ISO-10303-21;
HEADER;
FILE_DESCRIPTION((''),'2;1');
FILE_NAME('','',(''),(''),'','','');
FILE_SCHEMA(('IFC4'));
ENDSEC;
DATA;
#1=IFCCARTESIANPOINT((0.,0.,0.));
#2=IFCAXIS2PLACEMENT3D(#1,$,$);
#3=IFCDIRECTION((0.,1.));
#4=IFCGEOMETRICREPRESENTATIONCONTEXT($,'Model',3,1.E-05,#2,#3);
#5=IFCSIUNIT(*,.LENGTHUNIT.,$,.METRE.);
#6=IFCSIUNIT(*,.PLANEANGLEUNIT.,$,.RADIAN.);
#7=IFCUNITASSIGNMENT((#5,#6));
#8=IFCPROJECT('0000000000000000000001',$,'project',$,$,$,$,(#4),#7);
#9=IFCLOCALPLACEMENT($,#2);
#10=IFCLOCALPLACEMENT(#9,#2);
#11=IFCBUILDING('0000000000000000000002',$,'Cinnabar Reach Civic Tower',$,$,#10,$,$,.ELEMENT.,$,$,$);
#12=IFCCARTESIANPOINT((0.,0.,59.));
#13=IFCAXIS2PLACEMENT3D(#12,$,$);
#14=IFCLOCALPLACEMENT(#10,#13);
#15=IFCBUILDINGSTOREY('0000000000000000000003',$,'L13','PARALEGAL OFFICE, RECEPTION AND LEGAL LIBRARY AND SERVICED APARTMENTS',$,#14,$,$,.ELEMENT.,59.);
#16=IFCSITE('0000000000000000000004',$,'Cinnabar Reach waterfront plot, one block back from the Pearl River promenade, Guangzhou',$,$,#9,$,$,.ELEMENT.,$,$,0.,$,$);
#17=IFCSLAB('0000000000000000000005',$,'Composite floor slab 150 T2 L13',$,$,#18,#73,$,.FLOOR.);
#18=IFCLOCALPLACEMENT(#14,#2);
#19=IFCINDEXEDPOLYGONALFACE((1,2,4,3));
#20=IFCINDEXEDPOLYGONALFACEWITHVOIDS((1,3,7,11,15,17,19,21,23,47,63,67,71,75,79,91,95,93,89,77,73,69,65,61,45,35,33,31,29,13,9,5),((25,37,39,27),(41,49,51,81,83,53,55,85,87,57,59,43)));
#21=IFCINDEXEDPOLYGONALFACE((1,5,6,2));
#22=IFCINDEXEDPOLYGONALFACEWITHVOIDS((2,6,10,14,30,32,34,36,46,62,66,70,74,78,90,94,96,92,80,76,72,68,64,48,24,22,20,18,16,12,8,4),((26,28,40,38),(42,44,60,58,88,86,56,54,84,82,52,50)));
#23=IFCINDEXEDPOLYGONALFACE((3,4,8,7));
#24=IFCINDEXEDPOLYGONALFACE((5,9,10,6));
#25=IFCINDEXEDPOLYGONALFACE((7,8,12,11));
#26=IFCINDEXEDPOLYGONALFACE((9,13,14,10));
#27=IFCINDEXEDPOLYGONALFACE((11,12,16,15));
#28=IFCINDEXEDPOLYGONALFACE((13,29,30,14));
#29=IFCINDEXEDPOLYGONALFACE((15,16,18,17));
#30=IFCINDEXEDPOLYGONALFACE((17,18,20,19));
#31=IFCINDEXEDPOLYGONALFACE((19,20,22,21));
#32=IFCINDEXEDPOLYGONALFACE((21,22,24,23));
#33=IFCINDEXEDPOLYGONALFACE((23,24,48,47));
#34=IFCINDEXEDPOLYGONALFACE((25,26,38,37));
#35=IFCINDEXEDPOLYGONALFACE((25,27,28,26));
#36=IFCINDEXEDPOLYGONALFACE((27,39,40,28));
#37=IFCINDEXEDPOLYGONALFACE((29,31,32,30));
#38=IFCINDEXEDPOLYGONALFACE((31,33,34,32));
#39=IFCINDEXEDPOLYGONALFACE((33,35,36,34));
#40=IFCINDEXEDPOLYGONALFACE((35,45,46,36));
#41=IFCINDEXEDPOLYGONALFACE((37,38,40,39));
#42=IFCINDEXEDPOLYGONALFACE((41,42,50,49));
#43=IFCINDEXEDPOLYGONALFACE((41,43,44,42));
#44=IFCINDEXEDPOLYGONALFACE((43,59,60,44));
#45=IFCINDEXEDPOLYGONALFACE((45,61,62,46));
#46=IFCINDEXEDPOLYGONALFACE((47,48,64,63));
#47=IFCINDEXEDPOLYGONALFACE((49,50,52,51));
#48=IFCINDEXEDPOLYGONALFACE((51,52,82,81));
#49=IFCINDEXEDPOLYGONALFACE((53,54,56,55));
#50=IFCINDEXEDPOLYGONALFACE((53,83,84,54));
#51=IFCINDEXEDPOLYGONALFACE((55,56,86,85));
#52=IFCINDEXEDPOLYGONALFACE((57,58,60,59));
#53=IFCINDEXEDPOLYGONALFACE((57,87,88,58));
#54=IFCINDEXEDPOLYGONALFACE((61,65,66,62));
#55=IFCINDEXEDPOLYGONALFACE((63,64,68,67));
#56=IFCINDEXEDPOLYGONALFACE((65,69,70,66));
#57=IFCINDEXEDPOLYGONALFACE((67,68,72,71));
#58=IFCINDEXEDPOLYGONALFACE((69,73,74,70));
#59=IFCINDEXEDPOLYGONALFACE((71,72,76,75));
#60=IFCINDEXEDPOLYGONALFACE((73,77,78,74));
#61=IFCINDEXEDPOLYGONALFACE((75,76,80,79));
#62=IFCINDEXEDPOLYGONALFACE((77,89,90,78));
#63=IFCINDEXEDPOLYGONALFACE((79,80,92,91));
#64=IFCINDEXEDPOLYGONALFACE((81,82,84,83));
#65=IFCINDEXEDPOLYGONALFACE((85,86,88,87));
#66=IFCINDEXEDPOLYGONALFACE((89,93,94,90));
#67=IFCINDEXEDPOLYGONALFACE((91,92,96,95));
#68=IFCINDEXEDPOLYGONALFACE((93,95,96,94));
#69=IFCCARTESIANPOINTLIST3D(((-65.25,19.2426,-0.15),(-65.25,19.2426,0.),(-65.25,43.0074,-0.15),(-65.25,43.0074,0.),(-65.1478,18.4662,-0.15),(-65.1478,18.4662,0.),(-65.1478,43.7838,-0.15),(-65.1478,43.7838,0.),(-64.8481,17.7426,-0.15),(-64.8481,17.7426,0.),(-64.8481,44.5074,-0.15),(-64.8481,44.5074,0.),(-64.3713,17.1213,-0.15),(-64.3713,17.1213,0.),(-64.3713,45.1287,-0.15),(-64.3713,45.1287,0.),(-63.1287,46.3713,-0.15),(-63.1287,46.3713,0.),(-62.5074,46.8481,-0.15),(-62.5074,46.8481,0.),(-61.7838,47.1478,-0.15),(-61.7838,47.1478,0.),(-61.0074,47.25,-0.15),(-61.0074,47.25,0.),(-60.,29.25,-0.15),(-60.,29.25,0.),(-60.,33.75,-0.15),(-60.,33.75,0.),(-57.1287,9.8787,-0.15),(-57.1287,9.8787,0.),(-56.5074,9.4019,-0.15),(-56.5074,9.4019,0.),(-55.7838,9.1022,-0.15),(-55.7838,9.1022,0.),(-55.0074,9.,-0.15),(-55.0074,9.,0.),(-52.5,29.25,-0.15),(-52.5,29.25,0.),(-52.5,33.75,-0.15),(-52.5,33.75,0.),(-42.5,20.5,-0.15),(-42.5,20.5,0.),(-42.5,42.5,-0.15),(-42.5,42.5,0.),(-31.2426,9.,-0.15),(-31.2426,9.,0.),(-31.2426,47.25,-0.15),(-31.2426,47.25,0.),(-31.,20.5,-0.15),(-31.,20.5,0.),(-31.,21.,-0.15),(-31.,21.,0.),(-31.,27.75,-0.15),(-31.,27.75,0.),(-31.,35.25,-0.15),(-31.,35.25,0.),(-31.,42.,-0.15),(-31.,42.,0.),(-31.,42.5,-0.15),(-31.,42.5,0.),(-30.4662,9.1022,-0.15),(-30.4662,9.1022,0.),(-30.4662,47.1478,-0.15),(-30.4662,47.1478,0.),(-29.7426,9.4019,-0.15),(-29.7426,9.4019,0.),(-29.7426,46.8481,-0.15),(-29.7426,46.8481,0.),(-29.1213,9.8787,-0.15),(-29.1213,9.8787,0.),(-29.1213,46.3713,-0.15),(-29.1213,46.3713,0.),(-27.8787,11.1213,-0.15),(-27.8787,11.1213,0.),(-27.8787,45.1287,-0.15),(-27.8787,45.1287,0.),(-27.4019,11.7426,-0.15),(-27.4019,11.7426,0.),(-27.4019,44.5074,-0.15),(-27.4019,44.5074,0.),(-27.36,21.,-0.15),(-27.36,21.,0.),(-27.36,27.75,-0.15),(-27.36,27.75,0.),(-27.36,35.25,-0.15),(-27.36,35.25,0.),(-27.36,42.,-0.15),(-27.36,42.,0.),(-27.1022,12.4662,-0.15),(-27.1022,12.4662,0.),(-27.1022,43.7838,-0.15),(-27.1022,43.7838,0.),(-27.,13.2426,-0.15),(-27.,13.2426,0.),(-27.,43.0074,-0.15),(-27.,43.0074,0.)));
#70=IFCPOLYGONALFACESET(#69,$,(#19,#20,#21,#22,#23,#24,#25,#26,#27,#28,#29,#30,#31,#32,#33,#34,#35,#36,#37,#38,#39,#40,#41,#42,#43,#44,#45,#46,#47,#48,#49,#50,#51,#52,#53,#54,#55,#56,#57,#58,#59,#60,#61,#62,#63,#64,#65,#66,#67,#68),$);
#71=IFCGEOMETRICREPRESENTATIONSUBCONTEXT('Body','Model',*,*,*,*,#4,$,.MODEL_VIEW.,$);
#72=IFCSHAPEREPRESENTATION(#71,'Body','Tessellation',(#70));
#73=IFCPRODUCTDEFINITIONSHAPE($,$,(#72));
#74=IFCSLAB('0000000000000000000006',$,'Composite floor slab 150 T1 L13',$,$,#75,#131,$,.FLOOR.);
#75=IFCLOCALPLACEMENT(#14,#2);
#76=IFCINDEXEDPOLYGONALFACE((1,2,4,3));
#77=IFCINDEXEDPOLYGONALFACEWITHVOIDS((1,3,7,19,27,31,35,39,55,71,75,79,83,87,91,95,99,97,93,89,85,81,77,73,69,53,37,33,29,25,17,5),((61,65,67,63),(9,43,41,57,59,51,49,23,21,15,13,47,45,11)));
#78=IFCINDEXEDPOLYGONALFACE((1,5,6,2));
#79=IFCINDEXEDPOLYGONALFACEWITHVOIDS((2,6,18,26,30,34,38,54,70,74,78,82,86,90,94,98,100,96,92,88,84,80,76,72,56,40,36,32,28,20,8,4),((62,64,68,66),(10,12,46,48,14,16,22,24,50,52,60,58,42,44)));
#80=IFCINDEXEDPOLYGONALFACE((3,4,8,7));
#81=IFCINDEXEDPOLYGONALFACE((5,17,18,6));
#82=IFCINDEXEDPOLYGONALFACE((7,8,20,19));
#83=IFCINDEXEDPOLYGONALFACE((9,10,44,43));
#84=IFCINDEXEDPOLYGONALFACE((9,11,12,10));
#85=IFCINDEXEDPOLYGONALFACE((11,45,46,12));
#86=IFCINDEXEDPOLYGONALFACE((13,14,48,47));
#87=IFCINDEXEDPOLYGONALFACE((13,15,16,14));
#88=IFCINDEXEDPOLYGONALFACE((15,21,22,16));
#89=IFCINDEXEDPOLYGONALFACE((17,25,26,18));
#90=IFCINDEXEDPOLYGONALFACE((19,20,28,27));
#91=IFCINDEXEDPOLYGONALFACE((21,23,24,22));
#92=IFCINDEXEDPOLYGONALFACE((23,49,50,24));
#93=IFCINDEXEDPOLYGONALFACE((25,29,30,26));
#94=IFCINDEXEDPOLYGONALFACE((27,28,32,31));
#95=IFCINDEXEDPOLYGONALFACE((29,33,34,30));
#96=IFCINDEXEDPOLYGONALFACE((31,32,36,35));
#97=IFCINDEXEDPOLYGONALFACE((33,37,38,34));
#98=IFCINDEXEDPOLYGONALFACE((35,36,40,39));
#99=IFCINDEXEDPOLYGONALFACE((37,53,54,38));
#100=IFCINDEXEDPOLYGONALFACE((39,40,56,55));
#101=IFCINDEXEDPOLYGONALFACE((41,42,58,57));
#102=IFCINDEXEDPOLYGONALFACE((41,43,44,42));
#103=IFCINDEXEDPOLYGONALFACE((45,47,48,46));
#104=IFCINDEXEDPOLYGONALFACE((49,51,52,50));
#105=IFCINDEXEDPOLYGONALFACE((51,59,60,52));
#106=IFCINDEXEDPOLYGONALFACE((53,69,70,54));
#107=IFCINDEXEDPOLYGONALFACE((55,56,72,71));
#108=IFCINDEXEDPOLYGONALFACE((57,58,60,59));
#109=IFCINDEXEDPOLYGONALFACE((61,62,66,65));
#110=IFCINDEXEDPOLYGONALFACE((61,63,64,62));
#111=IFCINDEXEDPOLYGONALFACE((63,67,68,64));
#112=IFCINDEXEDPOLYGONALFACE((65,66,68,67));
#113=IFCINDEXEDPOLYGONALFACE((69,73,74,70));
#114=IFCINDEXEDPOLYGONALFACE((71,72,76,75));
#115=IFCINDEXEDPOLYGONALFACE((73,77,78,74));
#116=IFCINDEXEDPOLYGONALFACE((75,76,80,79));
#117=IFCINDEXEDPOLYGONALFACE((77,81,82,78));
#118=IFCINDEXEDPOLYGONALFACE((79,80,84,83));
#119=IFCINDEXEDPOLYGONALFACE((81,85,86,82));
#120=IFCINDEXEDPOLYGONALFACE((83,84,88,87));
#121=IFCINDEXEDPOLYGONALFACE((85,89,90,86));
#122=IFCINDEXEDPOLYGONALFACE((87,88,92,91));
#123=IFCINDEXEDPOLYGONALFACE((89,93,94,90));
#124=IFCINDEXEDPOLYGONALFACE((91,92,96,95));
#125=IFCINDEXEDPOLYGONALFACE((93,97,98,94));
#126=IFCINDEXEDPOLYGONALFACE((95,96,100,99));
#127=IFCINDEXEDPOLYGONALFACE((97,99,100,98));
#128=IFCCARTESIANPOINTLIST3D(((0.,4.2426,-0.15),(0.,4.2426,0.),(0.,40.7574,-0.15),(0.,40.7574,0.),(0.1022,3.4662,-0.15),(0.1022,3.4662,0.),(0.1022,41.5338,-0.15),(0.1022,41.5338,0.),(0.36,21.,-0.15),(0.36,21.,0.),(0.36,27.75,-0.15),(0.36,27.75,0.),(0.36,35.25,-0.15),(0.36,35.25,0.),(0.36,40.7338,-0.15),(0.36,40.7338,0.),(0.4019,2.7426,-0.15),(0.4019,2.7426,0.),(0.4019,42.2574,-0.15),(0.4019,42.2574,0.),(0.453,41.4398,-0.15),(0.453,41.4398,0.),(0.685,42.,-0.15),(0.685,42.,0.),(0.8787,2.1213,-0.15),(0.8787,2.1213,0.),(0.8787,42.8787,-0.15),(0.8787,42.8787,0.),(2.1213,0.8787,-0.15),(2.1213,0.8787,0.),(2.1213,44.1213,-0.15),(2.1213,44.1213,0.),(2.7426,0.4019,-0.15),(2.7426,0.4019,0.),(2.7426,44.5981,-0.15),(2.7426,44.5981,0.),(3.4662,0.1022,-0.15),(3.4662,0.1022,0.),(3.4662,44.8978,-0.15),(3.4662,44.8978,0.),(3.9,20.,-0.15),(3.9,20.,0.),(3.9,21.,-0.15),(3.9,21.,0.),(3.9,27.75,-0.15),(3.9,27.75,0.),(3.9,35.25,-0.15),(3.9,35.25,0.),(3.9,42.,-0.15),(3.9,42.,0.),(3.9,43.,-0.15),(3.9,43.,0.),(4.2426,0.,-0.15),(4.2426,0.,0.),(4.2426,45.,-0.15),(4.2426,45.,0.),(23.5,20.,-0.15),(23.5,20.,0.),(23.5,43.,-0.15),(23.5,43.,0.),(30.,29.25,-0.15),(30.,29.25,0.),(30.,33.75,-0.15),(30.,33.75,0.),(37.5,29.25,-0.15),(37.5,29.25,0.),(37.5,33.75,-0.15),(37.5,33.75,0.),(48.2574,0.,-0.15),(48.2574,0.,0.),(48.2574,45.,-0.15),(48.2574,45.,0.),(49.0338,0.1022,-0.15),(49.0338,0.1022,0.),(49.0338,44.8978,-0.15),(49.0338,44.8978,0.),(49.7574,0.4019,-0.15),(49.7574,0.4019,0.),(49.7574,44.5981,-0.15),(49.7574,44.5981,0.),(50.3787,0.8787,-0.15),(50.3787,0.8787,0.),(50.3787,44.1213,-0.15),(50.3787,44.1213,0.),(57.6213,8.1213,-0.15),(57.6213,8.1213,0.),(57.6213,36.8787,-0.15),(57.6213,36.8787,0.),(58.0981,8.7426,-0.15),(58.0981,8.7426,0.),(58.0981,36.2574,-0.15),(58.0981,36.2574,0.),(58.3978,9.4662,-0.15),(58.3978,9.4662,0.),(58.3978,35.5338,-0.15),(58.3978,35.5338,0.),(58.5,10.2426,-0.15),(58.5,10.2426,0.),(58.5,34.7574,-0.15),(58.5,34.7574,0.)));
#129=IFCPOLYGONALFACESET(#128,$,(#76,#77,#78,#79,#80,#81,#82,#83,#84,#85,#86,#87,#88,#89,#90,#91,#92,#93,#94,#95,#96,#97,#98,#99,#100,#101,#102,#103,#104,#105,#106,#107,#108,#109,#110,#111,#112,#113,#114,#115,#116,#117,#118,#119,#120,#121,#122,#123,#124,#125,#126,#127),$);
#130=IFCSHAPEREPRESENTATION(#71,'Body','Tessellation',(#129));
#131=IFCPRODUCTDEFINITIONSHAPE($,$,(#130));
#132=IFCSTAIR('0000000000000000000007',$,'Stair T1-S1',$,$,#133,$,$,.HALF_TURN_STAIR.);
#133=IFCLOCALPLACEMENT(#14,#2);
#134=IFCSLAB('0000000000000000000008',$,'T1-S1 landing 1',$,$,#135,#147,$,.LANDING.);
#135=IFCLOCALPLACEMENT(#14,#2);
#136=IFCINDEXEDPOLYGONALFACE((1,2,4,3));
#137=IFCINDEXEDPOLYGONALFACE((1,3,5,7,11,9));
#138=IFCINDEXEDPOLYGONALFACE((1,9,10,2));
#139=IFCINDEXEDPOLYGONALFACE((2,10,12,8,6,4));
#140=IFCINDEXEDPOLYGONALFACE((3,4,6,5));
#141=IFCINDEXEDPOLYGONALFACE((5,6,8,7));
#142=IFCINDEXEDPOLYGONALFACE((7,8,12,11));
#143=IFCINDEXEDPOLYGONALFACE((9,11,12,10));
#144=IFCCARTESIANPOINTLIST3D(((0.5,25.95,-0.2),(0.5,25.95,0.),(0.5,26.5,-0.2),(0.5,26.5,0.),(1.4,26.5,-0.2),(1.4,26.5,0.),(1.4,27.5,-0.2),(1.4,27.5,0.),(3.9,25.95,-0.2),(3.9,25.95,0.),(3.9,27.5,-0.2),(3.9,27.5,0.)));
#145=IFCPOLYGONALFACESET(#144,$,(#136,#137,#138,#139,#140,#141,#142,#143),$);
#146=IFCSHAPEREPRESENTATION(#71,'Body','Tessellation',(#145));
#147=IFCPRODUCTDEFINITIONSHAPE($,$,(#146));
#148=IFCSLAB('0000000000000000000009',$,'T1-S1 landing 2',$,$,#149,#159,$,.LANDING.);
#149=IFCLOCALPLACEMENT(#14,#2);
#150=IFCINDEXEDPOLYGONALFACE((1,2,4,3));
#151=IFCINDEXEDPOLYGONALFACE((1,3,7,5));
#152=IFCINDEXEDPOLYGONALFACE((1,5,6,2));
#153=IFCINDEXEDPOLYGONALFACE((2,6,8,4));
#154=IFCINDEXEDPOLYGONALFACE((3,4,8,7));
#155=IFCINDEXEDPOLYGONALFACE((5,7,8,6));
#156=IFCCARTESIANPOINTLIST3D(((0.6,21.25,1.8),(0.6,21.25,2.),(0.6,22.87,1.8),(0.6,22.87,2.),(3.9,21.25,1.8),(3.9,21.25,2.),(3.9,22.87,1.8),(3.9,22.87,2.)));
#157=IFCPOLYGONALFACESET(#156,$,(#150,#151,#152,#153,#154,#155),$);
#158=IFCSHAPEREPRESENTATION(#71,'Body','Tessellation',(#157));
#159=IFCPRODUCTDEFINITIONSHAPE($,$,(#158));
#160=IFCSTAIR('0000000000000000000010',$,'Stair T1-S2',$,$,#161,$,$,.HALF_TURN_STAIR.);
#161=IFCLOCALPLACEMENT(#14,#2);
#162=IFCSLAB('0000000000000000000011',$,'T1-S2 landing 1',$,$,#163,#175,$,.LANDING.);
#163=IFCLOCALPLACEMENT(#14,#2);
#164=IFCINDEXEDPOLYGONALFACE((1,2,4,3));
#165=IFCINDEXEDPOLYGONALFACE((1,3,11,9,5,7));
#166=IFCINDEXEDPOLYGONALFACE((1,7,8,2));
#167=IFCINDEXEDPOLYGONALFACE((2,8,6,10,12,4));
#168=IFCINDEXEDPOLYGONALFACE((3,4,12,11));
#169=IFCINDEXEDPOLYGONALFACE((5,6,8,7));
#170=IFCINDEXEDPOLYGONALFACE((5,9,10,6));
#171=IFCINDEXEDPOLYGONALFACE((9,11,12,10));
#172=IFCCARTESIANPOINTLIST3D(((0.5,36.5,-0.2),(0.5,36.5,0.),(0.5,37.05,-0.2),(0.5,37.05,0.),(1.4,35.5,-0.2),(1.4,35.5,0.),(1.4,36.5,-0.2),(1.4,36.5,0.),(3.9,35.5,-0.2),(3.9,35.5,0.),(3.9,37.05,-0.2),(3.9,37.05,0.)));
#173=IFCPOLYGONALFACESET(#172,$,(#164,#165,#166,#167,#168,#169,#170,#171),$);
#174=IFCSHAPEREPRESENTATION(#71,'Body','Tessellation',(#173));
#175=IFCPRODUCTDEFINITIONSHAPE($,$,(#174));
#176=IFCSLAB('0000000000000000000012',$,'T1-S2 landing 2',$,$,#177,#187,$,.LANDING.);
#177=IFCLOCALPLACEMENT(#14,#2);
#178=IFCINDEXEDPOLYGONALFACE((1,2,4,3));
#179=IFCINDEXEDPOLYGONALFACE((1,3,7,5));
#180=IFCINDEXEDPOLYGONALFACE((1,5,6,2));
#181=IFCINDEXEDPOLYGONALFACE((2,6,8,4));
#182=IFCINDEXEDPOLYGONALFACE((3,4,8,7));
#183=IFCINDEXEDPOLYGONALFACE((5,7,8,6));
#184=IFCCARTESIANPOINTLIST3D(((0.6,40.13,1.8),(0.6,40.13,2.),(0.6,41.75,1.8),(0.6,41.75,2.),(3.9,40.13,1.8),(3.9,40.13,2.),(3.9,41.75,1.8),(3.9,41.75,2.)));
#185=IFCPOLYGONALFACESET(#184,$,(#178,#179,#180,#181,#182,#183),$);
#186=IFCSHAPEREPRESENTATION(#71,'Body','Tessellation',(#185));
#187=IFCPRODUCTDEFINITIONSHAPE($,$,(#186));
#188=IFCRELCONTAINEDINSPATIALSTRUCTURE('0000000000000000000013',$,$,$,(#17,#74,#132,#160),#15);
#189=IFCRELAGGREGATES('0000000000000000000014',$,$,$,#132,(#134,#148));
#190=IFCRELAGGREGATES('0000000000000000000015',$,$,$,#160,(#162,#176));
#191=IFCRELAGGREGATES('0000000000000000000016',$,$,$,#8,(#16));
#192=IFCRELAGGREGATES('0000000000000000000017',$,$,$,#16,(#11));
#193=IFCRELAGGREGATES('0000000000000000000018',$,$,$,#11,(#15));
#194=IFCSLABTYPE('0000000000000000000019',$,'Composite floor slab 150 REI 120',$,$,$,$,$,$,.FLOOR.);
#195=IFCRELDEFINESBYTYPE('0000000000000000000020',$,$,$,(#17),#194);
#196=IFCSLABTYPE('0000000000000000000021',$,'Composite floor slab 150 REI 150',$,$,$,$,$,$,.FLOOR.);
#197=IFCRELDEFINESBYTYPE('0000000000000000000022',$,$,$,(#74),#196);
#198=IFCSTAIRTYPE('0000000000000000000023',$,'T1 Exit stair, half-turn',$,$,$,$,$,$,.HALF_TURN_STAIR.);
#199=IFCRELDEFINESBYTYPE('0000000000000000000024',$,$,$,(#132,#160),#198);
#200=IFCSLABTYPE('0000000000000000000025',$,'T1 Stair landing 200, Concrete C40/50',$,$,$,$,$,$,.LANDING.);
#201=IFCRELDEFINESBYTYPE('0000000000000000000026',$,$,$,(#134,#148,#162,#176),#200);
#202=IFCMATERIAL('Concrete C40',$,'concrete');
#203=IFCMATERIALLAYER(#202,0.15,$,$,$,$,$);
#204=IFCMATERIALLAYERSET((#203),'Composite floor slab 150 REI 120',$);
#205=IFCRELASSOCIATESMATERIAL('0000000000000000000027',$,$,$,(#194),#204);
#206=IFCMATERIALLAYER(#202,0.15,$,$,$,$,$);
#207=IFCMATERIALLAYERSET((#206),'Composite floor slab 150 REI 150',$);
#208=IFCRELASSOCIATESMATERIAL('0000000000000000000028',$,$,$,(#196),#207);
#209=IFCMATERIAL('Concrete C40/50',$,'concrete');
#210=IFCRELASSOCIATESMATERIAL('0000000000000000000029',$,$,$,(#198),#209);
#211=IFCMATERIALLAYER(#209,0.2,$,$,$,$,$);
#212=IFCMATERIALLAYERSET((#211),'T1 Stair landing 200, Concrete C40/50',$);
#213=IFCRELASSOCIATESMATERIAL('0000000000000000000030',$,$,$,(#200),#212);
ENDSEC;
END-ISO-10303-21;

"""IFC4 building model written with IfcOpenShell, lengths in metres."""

from ifc_helpers import new_model, si_unit, direction, frame, origin, place, context, subcontext, project, spatial, polyline, outline, extrude, material, layer, layer_set, type_object, element, aggregate, save


model = new_model("IFC4")

# Units and contexts
model_context = context("Model", 3, precision=1e-05, world=origin(), true_north=direction((0.0, 1.0)))
body_context = subcontext(model_context, "Body", "Model", "MODEL_VIEW")
ifc_project = project(units=[si_unit("LENGTHUNIT", "METRE"), si_unit("PLANEANGLEUNIT", "RADIAN")], contexts=[model_context])

# Site, building, storey
site_placement = place(None, origin())
site = spatial("IfcSite", under=ifc_project, at=site_placement, Name="Cinnabar Reach waterfront plot, one block back from the Pearl River promenade, Guangzhou", CompositionType="ELEMENT", RefElevation=0.0)
building_placement = place(site_placement, origin())
building = spatial("IfcBuilding", under=site, at=building_placement, Name="Cinnabar Reach Civic Tower", CompositionType="ELEMENT")
storey_placement = place(building_placement, frame((0.0, 0.0, 59.0)))
storey = spatial("IfcBuildingStorey", under=building, at=storey_placement, Name="L13", Description="PARALEGAL OFFICE, RECEPTION AND LEGAL LIBRARY AND SERVICED APARTMENTS", CompositionType="ELEMENT", Elevation=59.0)

# Slabs
ifc_material_1 = material(Name="Concrete C40", Category="concrete")
ifc_layer_1 = layer(ifc_material_1, 0.15)
ifc_layer_set_1 = layer_set([ifc_layer_1], Name="Composite floor slab 150 REI 120")
slab_type_1 = type_object("IfcSlabType", Name="Composite floor slab 150 REI 120", PredefinedType="FLOOR", material=ifc_layer_set_1)
slab_1_placement = place(storey_placement, frame((0.0, 0.0, -0.15)))
element("IfcSlab", 1, at=slab_1_placement, inside=storey, type_object=slab_type_1, Name="Composite floor slab 150 T2 L13", PredefinedType="FLOOR", context=body_context, shape_type="SweptSolid", body=[
    extrude(outline(polyline([(-64.3713, 17.1213), (-64.8481, 17.7426), (-65.1478, 18.4662), (-65.25, 19.2426), (-65.25, 43.0074), (-65.1478, 43.7838), (-64.8481, 44.5074), (-64.3713, 45.1287), (-63.1287, 46.3713), (-62.5074, 46.8481), (-61.7838, 47.1478), (-61.0074, 47.25), (-31.2426, 47.25), (-30.4662, 47.1478), (-29.7426, 46.8481), (-29.1213, 46.3713), (-27.8787, 45.1287), (-27.4019, 44.5074), (-27.1022, 43.7838), (-27.0, 43.0074), (-27.0, 13.2426), (-27.1022, 12.4662), (-27.4019, 11.7426), (-27.8787, 11.1213), (-29.1213, 9.8787), (-29.7426, 9.4019), (-30.4662, 9.1022), (-31.2426, 9.0), (-55.0074, 9.0), (-55.7838, 9.1022), (-56.5074, 9.4019), (-57.1287, 9.8787), (-64.3713, 17.1213)]), holes=[polyline([(-31.0, 27.75), (-31.0, 35.25), (-27.36, 35.25), (-27.36, 42.0), (-31.0, 42.0), (-31.0, 42.5), (-42.5, 42.5), (-42.5, 20.5), (-31.0, 20.5), (-31.0, 21.0), (-27.36, 21.0), (-27.36, 27.75), (-31.0, 27.75)]), polyline([(-60.0, 33.75), (-60.0, 29.25), (-52.5, 29.25), (-52.5, 33.75), (-60.0, 33.75)])]), origin(), (0.0, 0.0, 1.0), 0.15),
])
ifc_layer_2 = layer(ifc_material_1, 0.15)
ifc_layer_set_2 = layer_set([ifc_layer_2], Name="Composite floor slab 150 REI 150")
slab_type_2 = type_object("IfcSlabType", Name="Composite floor slab 150 REI 150", PredefinedType="FLOOR", material=ifc_layer_set_2)
slab_2_placement = place(storey_placement, frame((0.0, 0.0, -0.15)))
element("IfcSlab", 2, at=slab_2_placement, inside=storey, type_object=slab_type_2, Name="Composite floor slab 150 T1 L13", PredefinedType="FLOOR", context=body_context, shape_type="SweptSolid", body=[
    extrude(outline(polyline([(0.8787, 2.1213), (0.4019, 2.7426), (0.1022, 3.4662), (0.0, 4.2426), (0.0, 40.7574), (0.1022, 41.5338), (0.4019, 42.2574), (0.8787, 42.8787), (2.1213, 44.1213), (2.7426, 44.5981), (3.4662, 44.8978), (4.2426, 45.0), (48.2574, 45.0), (49.0338, 44.8978), (49.7574, 44.5981), (50.3787, 44.1213), (57.6213, 36.8787), (58.0981, 36.2574), (58.3978, 35.5338), (58.5, 34.7574), (58.5, 10.2426), (58.3978, 9.4662), (58.0981, 8.7426), (57.6213, 8.1213), (50.3787, 0.8787), (49.7574, 0.4019), (49.0338, 0.1022), (48.2574, 0.0), (4.2426, 0.0), (3.4662, 0.1022), (2.7426, 0.4019), (2.1213, 0.8787), (0.8787, 2.1213)]), holes=[polyline([(0.36, 21.0), (3.9, 21.0), (3.9, 20.0), (23.5, 20.0), (23.5, 43.0), (3.9, 43.0), (3.9, 42.0), (0.685, 42.0), (0.453, 41.4398), (0.36, 40.7338), (0.36, 35.25), (3.9, 35.25), (3.9, 27.75), (0.36, 27.75), (0.36, 21.0)]), polyline([(30.0, 33.75), (30.0, 29.25), (37.5, 29.25), (37.5, 33.75), (30.0, 33.75)])]), origin(), (0.0, 0.0, 1.0), 0.15),
])

# Stairs, slabs
ifc_material_2 = material(Name="Concrete C40/50", Category="concrete")
stair_type = type_object("IfcStairType", Name="T1 Exit stair, half-turn", PredefinedType="HALF_TURN_STAIR", material=ifc_material_2)
stair_1_placement = place(storey_placement, origin())
stair_1 = element("IfcStair", 3, at=stair_1_placement, inside=storey, type_object=stair_type, Name="Stair T1-S1", PredefinedType="HALF_TURN_STAIR")
ifc_layer_3 = layer(ifc_material_2, 0.2)
ifc_layer_set_3 = layer_set([ifc_layer_3], Name="T1 Stair landing 200, Concrete C40/50")
slab_type_3 = type_object("IfcSlabType", Name="T1 Stair landing 200, Concrete C40/50", PredefinedType="LANDING", material=ifc_layer_set_3)
slab_3_placement = place(storey_placement, frame((0.0, 0.0, -0.2)))
slab_3 = element("IfcSlab", 4, at=slab_3_placement, type_object=slab_type_3, Name="T1-S1 landing 1", PredefinedType="LANDING", context=body_context, shape_type="SweptSolid", body=[
    extrude(outline(polyline([(3.9, 27.5), (3.9, 25.95), (0.5, 25.95), (0.5, 26.5), (1.4, 26.5), (1.4, 27.5), (3.9, 27.5)])), origin(), (0.0, 0.0, 1.0), 0.2),
])
slab_4_placement = place(storey_placement, frame((0.0, 0.0, 1.8)))
slab_4 = element("IfcSlab", 5, at=slab_4_placement, type_object=slab_type_3, Name="T1-S1 landing 2", PredefinedType="LANDING", context=body_context, shape_type="SweptSolid", body=[
    extrude(outline(polyline([(0.6, 21.25), (0.6, 22.87), (3.9, 22.87), (3.9, 21.25), (0.6, 21.25)])), origin(), (0.0, 0.0, 1.0), 0.2),
])
aggregate(stair_1, [slab_3, slab_4])
stair_2_placement = place(storey_placement, origin())
stair_2 = element("IfcStair", 6, at=stair_2_placement, inside=storey, type_object=stair_type, Name="Stair T1-S2", PredefinedType="HALF_TURN_STAIR")
slab_5_placement = place(storey_placement, frame((0.0, 0.0, -0.2)))
slab_5 = element("IfcSlab", 7, at=slab_5_placement, type_object=slab_type_3, Name="T1-S2 landing 1", PredefinedType="LANDING", context=body_context, shape_type="SweptSolid", body=[
    extrude(outline(polyline([(0.5, 37.05), (3.9, 37.05), (3.9, 35.5), (1.4, 35.5), (1.4, 36.5), (0.5, 36.5), (0.5, 37.05)])), origin(), (0.0, 0.0, 1.0), 0.2),
])
slab_6_placement = place(storey_placement, frame((0.0, 0.0, 1.8)))
slab_6 = element("IfcSlab", 8, at=slab_6_placement, type_object=slab_type_3, Name="T1-S2 landing 2", PredefinedType="LANDING", context=body_context, shape_type="SweptSolid", body=[
    extrude(outline(polyline([(0.6, 40.13), (0.6, 41.75), (3.9, 41.75), (3.9, 40.13), (0.6, 40.13)])), origin(), (0.0, 0.0, 1.0), 0.2),
])
aggregate(stair_2, [slab_5, slab_6])

save(model, "model.ifc")
